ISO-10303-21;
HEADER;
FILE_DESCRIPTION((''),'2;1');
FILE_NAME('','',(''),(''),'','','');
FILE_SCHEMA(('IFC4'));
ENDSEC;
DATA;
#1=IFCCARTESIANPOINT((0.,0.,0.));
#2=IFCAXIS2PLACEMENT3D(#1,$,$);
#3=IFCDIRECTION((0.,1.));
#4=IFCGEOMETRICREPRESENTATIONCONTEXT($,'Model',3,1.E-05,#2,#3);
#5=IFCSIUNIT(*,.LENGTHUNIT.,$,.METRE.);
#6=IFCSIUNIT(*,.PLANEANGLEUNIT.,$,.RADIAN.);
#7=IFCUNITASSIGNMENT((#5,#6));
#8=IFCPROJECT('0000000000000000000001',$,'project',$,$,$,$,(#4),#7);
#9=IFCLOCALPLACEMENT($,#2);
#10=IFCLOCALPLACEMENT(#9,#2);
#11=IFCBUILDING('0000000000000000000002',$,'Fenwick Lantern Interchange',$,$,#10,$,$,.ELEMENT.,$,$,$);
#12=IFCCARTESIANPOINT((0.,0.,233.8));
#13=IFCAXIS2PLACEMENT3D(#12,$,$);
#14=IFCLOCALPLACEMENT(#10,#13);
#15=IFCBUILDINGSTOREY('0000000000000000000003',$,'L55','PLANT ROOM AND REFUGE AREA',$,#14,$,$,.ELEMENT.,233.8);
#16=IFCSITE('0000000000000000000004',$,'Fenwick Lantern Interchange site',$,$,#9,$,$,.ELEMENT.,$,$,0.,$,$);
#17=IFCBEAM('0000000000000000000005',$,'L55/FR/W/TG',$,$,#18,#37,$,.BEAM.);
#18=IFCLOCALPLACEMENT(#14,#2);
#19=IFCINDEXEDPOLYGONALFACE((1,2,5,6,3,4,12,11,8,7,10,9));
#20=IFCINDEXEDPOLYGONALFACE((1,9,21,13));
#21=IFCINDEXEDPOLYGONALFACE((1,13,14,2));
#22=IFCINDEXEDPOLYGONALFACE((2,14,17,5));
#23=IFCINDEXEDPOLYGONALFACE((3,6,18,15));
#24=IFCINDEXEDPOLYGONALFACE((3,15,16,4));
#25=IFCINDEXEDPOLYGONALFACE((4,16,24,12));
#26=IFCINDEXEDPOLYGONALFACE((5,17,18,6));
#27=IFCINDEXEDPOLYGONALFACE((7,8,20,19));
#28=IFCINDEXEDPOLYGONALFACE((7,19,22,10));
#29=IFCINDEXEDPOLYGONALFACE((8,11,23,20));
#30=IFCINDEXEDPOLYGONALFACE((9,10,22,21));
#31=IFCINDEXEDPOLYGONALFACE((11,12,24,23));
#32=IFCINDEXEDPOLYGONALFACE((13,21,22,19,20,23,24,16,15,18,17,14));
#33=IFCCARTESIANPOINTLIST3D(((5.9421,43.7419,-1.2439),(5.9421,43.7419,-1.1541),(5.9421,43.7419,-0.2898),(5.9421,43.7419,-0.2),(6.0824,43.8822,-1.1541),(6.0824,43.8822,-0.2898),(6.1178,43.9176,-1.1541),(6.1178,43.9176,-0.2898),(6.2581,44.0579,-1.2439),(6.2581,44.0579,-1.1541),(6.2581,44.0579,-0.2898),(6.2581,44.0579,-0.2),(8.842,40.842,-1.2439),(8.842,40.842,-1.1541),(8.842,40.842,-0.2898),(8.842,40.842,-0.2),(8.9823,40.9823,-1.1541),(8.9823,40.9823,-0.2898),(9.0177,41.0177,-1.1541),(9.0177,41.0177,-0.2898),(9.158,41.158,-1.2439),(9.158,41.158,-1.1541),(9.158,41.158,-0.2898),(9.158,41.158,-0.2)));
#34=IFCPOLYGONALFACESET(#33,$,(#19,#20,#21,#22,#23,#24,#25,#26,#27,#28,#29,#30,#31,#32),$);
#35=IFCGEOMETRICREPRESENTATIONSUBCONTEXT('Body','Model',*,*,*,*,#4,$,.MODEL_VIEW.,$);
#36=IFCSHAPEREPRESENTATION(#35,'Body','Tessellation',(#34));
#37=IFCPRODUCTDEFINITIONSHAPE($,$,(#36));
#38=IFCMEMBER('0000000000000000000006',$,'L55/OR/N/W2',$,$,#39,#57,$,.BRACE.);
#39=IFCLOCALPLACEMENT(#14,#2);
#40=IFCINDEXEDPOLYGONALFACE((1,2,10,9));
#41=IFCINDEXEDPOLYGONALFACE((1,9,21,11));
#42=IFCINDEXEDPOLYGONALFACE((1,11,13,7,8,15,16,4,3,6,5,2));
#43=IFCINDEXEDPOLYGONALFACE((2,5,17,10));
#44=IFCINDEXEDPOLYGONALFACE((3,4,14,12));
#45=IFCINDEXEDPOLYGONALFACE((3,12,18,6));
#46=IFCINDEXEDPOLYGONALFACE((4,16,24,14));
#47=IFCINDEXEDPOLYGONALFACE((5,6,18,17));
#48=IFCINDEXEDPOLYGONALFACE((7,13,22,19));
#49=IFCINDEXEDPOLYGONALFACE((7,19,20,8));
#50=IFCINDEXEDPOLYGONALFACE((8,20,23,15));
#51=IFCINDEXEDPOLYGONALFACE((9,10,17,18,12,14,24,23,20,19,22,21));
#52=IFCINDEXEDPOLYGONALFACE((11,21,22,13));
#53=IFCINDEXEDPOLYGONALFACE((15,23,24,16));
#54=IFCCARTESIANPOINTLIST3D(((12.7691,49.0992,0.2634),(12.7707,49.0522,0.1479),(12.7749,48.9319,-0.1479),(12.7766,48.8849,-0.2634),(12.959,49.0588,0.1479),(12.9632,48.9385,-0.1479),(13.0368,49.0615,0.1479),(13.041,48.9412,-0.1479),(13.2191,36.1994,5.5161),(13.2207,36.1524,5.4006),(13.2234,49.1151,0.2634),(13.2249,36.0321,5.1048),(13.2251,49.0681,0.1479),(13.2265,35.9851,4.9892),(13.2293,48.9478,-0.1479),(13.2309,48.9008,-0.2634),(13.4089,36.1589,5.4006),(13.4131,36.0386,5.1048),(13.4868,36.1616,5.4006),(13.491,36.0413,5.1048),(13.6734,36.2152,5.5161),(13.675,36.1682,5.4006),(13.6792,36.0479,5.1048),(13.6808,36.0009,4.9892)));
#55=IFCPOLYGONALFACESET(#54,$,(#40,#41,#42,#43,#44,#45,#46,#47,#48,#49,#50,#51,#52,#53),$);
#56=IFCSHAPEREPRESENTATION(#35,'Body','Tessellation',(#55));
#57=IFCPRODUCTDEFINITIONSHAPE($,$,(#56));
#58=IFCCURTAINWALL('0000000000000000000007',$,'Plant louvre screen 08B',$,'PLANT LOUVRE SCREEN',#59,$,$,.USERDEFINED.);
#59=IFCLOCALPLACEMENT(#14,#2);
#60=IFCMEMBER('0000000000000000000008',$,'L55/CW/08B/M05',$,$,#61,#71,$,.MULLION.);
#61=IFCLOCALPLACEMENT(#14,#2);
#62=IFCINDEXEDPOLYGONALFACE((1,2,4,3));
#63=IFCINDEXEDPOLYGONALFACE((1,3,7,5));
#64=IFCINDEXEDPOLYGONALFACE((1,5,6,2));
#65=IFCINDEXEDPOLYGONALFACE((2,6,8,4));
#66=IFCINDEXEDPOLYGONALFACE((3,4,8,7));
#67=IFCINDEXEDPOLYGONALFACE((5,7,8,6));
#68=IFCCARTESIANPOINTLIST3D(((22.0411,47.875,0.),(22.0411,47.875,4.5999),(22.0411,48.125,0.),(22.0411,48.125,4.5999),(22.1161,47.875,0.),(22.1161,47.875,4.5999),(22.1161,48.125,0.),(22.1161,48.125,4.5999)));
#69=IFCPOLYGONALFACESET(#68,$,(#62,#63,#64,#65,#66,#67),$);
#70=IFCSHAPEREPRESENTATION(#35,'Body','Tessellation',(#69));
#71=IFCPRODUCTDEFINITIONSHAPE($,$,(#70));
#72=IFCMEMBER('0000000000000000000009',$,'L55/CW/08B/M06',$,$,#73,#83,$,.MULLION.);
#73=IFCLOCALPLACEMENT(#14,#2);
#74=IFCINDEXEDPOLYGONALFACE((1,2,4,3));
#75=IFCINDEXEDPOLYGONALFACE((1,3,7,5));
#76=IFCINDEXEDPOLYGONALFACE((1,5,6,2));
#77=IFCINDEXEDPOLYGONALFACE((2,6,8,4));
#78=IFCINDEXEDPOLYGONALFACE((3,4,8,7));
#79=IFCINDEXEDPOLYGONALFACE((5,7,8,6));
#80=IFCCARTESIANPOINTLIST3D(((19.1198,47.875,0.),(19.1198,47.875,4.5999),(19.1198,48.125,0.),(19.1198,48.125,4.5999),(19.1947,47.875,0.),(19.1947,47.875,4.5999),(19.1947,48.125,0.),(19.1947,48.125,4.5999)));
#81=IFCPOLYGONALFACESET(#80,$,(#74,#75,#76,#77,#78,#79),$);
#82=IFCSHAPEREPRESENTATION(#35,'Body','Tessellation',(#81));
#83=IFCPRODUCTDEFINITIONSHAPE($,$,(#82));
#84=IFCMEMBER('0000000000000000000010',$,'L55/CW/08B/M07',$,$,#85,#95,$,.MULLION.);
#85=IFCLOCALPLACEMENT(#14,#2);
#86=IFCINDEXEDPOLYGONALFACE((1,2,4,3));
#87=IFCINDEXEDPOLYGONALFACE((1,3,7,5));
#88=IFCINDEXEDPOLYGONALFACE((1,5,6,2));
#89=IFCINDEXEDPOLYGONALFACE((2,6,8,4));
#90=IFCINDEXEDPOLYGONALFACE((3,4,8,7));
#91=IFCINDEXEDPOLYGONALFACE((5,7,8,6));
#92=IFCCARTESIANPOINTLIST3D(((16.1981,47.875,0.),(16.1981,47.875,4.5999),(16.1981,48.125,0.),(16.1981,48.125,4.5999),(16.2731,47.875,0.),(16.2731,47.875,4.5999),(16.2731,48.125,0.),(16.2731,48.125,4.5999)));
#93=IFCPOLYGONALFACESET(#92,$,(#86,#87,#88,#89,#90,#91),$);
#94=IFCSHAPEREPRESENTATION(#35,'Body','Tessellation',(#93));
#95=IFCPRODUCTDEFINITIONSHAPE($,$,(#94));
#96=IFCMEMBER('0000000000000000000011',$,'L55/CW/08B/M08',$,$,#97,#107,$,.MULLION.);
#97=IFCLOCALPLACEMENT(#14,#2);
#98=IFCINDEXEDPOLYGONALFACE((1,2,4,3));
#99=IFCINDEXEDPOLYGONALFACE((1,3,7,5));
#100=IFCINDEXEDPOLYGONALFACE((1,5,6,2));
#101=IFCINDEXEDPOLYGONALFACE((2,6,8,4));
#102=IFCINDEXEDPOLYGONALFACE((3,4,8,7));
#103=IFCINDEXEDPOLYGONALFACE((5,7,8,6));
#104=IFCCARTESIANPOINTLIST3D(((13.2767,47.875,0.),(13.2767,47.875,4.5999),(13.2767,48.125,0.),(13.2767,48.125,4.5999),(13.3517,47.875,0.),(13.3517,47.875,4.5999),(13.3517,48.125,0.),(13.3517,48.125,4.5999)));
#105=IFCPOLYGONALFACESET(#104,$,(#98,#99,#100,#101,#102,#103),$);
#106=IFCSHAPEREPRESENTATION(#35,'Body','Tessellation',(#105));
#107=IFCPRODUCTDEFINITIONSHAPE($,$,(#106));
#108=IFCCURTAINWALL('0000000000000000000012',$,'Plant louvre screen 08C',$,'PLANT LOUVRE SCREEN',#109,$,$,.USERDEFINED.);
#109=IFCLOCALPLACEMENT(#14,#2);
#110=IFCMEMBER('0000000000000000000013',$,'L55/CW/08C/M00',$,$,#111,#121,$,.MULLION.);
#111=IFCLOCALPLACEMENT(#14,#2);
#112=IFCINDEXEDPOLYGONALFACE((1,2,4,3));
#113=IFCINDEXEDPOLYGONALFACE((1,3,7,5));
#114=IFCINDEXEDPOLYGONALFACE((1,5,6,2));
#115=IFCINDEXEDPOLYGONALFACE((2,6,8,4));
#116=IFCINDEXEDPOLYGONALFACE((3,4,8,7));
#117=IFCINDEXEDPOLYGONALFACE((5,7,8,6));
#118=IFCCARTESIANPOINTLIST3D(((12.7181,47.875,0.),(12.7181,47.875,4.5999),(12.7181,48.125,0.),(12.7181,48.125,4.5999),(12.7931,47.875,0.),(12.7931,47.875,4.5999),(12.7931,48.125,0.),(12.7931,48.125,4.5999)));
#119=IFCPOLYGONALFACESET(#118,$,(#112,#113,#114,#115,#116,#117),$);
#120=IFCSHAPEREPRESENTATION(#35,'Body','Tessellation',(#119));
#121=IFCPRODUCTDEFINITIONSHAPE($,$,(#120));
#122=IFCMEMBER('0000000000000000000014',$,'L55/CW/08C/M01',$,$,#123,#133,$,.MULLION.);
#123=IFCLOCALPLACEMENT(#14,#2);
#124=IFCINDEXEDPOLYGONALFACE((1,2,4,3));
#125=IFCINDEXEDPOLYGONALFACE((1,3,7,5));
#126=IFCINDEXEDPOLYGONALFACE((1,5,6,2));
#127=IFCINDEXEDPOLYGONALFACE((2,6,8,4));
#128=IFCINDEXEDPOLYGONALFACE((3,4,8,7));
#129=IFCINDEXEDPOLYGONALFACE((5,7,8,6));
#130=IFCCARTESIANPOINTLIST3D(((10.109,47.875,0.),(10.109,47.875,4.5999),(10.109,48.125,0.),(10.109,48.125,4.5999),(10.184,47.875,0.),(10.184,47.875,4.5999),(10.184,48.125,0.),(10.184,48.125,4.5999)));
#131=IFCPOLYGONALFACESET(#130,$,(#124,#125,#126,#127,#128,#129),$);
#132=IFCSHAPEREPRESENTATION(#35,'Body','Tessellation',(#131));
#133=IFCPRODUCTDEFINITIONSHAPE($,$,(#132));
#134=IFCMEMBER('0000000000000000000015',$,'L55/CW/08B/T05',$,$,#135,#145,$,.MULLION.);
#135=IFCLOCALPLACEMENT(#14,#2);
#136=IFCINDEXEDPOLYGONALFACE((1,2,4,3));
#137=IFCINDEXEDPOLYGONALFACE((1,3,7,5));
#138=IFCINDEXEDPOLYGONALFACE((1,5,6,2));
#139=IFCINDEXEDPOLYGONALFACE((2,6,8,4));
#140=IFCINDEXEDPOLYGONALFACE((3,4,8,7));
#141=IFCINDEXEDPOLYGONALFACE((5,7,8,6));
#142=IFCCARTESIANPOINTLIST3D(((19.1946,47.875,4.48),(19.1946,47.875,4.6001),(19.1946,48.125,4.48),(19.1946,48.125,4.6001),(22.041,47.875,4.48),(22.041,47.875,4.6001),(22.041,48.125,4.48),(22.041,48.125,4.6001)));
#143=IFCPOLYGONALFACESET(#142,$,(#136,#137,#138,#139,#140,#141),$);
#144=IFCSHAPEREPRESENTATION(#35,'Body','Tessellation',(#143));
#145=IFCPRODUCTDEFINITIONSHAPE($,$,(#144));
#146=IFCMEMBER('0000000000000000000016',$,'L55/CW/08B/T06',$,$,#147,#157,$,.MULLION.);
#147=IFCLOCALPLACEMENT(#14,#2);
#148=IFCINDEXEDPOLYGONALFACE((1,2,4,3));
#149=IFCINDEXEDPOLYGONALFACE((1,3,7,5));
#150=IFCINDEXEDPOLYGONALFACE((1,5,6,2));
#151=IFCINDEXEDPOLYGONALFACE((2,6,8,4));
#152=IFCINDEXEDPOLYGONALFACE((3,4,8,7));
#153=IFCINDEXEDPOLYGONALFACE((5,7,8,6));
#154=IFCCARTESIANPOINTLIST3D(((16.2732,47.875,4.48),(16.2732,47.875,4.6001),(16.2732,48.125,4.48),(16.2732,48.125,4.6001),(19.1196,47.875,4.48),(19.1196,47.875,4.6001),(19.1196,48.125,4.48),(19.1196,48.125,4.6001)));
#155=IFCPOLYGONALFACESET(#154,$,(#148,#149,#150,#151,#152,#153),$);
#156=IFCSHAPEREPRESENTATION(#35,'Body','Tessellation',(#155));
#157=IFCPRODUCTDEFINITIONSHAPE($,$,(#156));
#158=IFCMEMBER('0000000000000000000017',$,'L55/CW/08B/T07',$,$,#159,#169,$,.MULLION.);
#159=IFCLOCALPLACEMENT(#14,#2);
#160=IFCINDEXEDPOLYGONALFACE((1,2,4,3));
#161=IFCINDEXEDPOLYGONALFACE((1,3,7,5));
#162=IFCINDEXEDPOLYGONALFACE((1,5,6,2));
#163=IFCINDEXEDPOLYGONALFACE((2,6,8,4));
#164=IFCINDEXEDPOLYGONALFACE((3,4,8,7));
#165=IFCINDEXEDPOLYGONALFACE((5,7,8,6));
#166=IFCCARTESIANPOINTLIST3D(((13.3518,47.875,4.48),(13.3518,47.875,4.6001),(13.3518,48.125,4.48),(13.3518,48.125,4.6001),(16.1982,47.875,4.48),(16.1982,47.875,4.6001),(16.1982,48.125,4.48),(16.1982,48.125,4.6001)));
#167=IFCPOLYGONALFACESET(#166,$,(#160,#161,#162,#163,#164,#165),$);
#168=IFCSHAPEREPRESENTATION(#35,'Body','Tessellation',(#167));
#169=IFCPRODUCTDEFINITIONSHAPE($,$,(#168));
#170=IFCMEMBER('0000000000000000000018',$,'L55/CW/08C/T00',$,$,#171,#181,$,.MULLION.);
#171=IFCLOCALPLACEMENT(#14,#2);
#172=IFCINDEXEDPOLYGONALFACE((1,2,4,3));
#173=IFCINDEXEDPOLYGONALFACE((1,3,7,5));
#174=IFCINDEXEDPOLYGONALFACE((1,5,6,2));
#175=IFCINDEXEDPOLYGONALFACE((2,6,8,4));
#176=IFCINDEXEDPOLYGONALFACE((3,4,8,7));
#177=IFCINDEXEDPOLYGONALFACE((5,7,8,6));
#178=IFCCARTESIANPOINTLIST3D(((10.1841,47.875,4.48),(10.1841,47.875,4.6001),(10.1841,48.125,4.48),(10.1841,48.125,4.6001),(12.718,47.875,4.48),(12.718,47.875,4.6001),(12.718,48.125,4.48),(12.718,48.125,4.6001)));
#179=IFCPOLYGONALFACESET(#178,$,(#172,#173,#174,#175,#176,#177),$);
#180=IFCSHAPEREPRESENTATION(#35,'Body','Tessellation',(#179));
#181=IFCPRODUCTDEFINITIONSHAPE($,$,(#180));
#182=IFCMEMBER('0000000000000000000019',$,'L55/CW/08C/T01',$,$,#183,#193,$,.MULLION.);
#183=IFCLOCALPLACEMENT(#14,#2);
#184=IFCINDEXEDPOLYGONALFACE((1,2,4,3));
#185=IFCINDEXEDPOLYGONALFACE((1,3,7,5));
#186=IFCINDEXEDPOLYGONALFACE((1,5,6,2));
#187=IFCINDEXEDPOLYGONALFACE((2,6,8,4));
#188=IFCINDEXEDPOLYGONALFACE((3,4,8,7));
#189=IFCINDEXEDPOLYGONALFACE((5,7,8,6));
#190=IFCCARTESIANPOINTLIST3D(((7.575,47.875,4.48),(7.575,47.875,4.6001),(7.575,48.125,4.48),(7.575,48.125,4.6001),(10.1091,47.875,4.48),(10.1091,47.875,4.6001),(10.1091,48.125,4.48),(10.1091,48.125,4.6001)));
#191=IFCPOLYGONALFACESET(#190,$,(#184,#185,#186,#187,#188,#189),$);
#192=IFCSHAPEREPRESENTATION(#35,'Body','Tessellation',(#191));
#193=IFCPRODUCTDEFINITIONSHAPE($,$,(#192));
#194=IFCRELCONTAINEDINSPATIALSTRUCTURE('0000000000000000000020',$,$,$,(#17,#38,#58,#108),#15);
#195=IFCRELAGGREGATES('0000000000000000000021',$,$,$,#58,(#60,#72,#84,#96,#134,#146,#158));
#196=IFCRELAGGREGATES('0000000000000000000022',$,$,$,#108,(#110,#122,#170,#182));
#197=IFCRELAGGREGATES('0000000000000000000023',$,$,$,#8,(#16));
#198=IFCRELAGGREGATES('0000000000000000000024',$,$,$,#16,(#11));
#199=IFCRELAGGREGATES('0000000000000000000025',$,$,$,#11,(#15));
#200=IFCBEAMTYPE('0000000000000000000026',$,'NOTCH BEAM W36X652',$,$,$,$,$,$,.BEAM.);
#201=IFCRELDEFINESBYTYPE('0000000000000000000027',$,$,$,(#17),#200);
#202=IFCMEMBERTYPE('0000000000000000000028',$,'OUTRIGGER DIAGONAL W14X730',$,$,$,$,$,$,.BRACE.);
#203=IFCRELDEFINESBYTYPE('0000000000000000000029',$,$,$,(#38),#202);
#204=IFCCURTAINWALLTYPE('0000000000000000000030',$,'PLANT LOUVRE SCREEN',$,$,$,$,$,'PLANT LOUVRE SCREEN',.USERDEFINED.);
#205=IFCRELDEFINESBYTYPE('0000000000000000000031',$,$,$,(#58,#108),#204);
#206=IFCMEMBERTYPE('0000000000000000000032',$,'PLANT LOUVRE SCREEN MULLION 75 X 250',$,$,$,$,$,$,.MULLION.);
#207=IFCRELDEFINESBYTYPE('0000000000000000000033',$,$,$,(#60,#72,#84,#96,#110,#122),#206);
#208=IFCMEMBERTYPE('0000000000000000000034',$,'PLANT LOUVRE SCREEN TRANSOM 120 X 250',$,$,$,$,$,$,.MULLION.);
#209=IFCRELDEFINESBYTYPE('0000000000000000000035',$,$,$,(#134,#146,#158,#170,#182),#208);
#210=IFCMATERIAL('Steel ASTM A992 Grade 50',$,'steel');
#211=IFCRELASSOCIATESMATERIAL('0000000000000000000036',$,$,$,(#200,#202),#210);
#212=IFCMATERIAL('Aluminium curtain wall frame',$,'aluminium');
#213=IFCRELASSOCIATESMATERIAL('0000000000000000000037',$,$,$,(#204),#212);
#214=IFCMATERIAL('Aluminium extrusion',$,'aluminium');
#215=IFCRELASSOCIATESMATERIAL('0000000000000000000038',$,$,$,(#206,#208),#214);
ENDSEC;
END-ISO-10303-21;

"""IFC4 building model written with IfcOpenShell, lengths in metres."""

from ifc_helpers import new_model, si_unit, direction, frame, origin, origin_2d, place, context, subcontext, project, spatial, rectangle, i_section, extrude, material, material_profile, profile_set, type_object, element, aggregate, save


model = new_model("IFC4")

# Units and contexts
model_context = context("Model", 3, precision=1e-05, world=origin(), true_north=direction((0.0, 1.0)))
body_context = subcontext(model_context, "Body", "Model", "MODEL_VIEW")
ifc_project = project(units=[si_unit("LENGTHUNIT", "METRE"), si_unit("PLANEANGLEUNIT", "RADIAN")], contexts=[model_context])

# Site, building, storey
site_placement = place(None, origin())
site = spatial("IfcSite", under=ifc_project, at=site_placement, Name="Fenwick Lantern Interchange site", CompositionType="ELEMENT", RefElevation=0.0)
building_placement = place(site_placement, origin())
building = spatial("IfcBuilding", under=site, at=building_placement, Name="Fenwick Lantern Interchange", CompositionType="ELEMENT")
storey_placement = place(building_placement, frame((0.0, 0.0, 233.8)))
storey = spatial("IfcBuildingStorey", under=building, at=storey_placement, Name="L55", Description="PLANT ROOM AND REFUGE AREA", CompositionType="ELEMENT", Elevation=233.8)

# Shared definitions
ifc_material_1 = material(Name="Steel ASTM A992 Grade 50", Category="steel")

# Beam
ifc_material_profile_1 = material_profile(ifc_material_1, i_section(OverallWidth=0.447, OverallDepth=1.0439, WebThickness=0.05, FlangeThickness=0.0898, at=origin_2d()), Name="W36X652")
ifc_profile_set_1 = profile_set([ifc_material_profile_1], Name="Steel ASTM A992 Grade 50")
beam_type_1 = type_object("IfcBeamType", Name="NOTCH BEAM W36X652", PredefinedType="BEAM", material=ifc_profile_set_1)
beam_1_placement = place(storey_placement, frame((9.0, 41.0, -0.7219), z_axis=(-0.707107, 0.707107, 0.0), x_axis=(-0.707107, -0.707107, 0.0)))
element("IfcBeam", 1, at=beam_1_placement, inside=storey, type_object=beam_type_1, Name="L55/FR/W/TG", PredefinedType="BEAM", context=body_context, shape_type="SweptSolid", body=[
    extrude(i_section(OverallWidth=0.447, OverallDepth=1.0439, WebThickness=0.05, FlangeThickness=0.0898, at=origin_2d()), origin(), (0.0, 0.0, 1.0), 4.1011),
])

# Member
ifc_material_profile_2 = material_profile(ifc_material_1, i_section(OverallWidth=0.4546, OverallDepth=0.5688, WebThickness=0.0779, FlangeThickness=0.1248, at=origin_2d()), Name="W14X730")
ifc_profile_set_2 = profile_set([ifc_material_profile_2], Name="Steel ASTM A992 Grade 50")
member_type_1 = type_object("IfcMemberType", Name="OUTRIGGER DIAGONAL W14X730", PredefinedType="BRACE", material=ifc_profile_set_2)
member_1_placement = place(storey_placement, frame((13.0, 49.0, 0.0), z_axis=(0.032288, -0.92568, 0.376926), x_axis=(0.999392, 0.034859, 0.0)))
element("IfcMember", 2, at=member_1_placement, inside=storey, type_object=member_type_1, Name="L55/OR/N/W2", PredefinedType="BRACE", context=body_context, shape_type="SweptSolid", body=[
    extrude(i_section(OverallWidth=0.4546, OverallDepth=0.5688, WebThickness=0.0779, FlangeThickness=0.1248, at=origin_2d()), origin(), (0.0, 0.0, 1.0), 13.9355),
])

# Curtain walls, members
ifc_material_2 = material(Name="Aluminium curtain wall frame", Category="aluminium")
curtain_wall_type = type_object("IfcCurtainWallType", Name="PLANT LOUVRE SCREEN", ElementType="PLANT LOUVRE SCREEN", PredefinedType="USERDEFINED", material=ifc_material_2)
curtain_wall_1_placement = place(storey_placement, origin())
curtain_wall_1 = element("IfcCurtainWall", 3, at=curtain_wall_1_placement, inside=storey, type_object=curtain_wall_type, Name="Plant louvre screen 08B", ObjectType="PLANT LOUVRE SCREEN", PredefinedType="USERDEFINED")
ifc_material_3 = material(Name="Aluminium extrusion", Category="aluminium")
ifc_material_profile_3 = material_profile(ifc_material_3, rectangle(XDim=0.25, YDim=0.075, at=origin_2d()), Name="PLANT LOUVRE SCREEN MULLION 75 X 250")
ifc_profile_set_3 = profile_set([ifc_material_profile_3], Name="Aluminium extrusion")
member_type_2 = type_object("IfcMemberType", Name="PLANT LOUVRE SCREEN MULLION 75 X 250", PredefinedType="MULLION", material=ifc_profile_set_3)
member_2_placement = place(storey_placement, frame((22.0786, 48.0, 0.0), z_axis=(0.0, 0.0, 1.0), x_axis=(0.0, -1.0, 0.0)))
member_2 = element("IfcMember", 4, at=member_2_placement, type_object=member_type_2, Name="L55/CW/08B/M05", PredefinedType="MULLION", context=body_context, shape_type="SweptSolid", body=[
    extrude(rectangle(XDim=0.25, YDim=0.075, at=origin_2d()), origin(), (0.0, 0.0, 1.0), 4.5999),
])
member_3_placement = place(storey_placement, frame((19.1572, 48.0, 0.0), z_axis=(0.0, 0.0, 1.0), x_axis=(0.0, -1.0, 0.0)))
member_3 = element("IfcMember", 5, at=member_3_placement, type_object=member_type_2, Name="L55/CW/08B/M06", PredefinedType="MULLION", context=body_context, shape_type="SweptSolid", body=[
    extrude(rectangle(XDim=0.25, YDim=0.075, at=origin_2d()), origin(), (0.0, 0.0, 1.0), 4.5999),
])
member_4_placement = place(storey_placement, frame((16.2356, 48.0, 0.0), z_axis=(0.0, 0.0, 1.0), x_axis=(0.0, -1.0, 0.0)))
member_4 = element("IfcMember", 6, at=member_4_placement, type_object=member_type_2, Name="L55/CW/08B/M07", PredefinedType="MULLION", context=body_context, shape_type="SweptSolid", body=[
    extrude(rectangle(XDim=0.25, YDim=0.075, at=origin_2d()), origin(), (0.0, 0.0, 1.0), 4.5999),
])
member_5_placement = place(storey_placement, frame((13.3142, 48.0, 0.0), z_axis=(0.0, 0.0, 1.0), x_axis=(0.0, -1.0, 0.0)))
member_5 = element("IfcMember", 7, at=member_5_placement, type_object=member_type_2, Name="L55/CW/08B/M08", PredefinedType="MULLION", context=body_context, shape_type="SweptSolid", body=[
    extrude(rectangle(XDim=0.25, YDim=0.075, at=origin_2d()), origin(), (0.0, 0.0, 1.0), 4.5999),
])
curtain_wall_2_placement = place(storey_placement, origin())
curtain_wall_2 = element("IfcCurtainWall", 8, at=curtain_wall_2_placement, inside=storey, type_object=curtain_wall_type, Name="Plant louvre screen 08C", ObjectType="PLANT LOUVRE SCREEN", PredefinedType="USERDEFINED")
member_6_placement = place(storey_placement, frame((12.7556, 48.0, 0.0), z_axis=(0.0, 0.0, 1.0), x_axis=(0.0, -1.0, 0.0)))
member_6 = element("IfcMember", 9, at=member_6_placement, type_object=member_type_2, Name="L55/CW/08C/M00", PredefinedType="MULLION", context=body_context, shape_type="SweptSolid", body=[
    extrude(rectangle(XDim=0.25, YDim=0.075, at=origin_2d()), origin(), (0.0, 0.0, 1.0), 4.5999),
])
member_7_placement = place(storey_placement, frame((10.1465, 48.0, 0.0), z_axis=(0.0, 0.0, 1.0), x_axis=(0.0, -1.0, 0.0)))
member_7 = element("IfcMember", 10, at=member_7_placement, type_object=member_type_2, Name="L55/CW/08C/M01", PredefinedType="MULLION", context=body_context, shape_type="SweptSolid", body=[
    extrude(rectangle(XDim=0.25, YDim=0.075, at=origin_2d()), origin(), (0.0, 0.0, 1.0), 4.5999),
])

# Members
ifc_material_profile_4 = material_profile(ifc_material_3, rectangle(XDim=0.25, YDim=0.1201, at=origin_2d()), Name="PLANT LOUVRE SCREEN TRANSOM 120 X 250")
ifc_profile_set_4 = profile_set([ifc_material_profile_4], Name="Aluminium extrusion")
member_type_3 = type_object("IfcMemberType", Name="PLANT LOUVRE SCREEN TRANSOM 120 X 250", PredefinedType="MULLION", material=ifc_profile_set_4)
member_8_placement = place(storey_placement, frame((22.041, 48.0, 4.54), z_axis=(-1.0, 0.0, 0.0), x_axis=(0.0, -1.0, 0.0)))
member_8 = element("IfcMember", 11, at=member_8_placement, type_object=member_type_3, Name="L55/CW/08B/T05", PredefinedType="MULLION", context=body_context, shape_type="SweptSolid", body=[
    extrude(rectangle(XDim=0.25, YDim=0.1201, at=origin_2d()), origin(), (0.0, 0.0, 1.0), 2.8464),
])
member_9_placement = place(storey_placement, frame((19.1196, 48.0, 4.54), z_axis=(-1.0, 0.0, 0.0), x_axis=(0.0, -1.0, 0.0)))
member_9 = element("IfcMember", 12, at=member_9_placement, type_object=member_type_3, Name="L55/CW/08B/T06", PredefinedType="MULLION", context=body_context, shape_type="SweptSolid", body=[
    extrude(rectangle(XDim=0.25, YDim=0.1201, at=origin_2d()), origin(), (0.0, 0.0, 1.0), 2.8464),
])
member_10_placement = place(storey_placement, frame((16.1982, 48.0, 4.54), z_axis=(-1.0, 0.0, 0.0), x_axis=(0.0, -1.0, 0.0)))
member_10 = element("IfcMember", 13, at=member_10_placement, type_object=member_type_3, Name="L55/CW/08B/T07", PredefinedType="MULLION", context=body_context, shape_type="SweptSolid", body=[
    extrude(rectangle(XDim=0.25, YDim=0.1201, at=origin_2d()), origin(), (0.0, 0.0, 1.0), 2.8464),
])
member_11_placement = place(storey_placement, frame((12.718, 48.0, 4.54), z_axis=(-1.0, 0.0, 0.0), x_axis=(0.0, -1.0, 0.0)))
member_11 = element("IfcMember", 14, at=member_11_placement, type_object=member_type_3, Name="L55/CW/08C/T00", PredefinedType="MULLION", context=body_context, shape_type="SweptSolid", body=[
    extrude(rectangle(XDim=0.25, YDim=0.1201, at=origin_2d()), origin(), (0.0, 0.0, 1.0), 2.5339),
])
member_12_placement = place(storey_placement, frame((10.1091, 48.0, 4.54), z_axis=(-1.0, 0.0, 0.0), x_axis=(0.0, -1.0, 0.0)))
member_12 = element("IfcMember", 15, at=member_12_placement, type_object=member_type_3, Name="L55/CW/08C/T01", PredefinedType="MULLION", context=body_context, shape_type="SweptSolid", body=[
    extrude(rectangle(XDim=0.25, YDim=0.1201, at=origin_2d()), origin(), (0.0, 0.0, 1.0), 2.5342),
])

aggregate(curtain_wall_1, [member_2, member_3, member_4, member_5, member_8, member_9, member_10])
aggregate(curtain_wall_2, [member_6, member_7, member_11, member_12])

save(model, "model.ifc")
